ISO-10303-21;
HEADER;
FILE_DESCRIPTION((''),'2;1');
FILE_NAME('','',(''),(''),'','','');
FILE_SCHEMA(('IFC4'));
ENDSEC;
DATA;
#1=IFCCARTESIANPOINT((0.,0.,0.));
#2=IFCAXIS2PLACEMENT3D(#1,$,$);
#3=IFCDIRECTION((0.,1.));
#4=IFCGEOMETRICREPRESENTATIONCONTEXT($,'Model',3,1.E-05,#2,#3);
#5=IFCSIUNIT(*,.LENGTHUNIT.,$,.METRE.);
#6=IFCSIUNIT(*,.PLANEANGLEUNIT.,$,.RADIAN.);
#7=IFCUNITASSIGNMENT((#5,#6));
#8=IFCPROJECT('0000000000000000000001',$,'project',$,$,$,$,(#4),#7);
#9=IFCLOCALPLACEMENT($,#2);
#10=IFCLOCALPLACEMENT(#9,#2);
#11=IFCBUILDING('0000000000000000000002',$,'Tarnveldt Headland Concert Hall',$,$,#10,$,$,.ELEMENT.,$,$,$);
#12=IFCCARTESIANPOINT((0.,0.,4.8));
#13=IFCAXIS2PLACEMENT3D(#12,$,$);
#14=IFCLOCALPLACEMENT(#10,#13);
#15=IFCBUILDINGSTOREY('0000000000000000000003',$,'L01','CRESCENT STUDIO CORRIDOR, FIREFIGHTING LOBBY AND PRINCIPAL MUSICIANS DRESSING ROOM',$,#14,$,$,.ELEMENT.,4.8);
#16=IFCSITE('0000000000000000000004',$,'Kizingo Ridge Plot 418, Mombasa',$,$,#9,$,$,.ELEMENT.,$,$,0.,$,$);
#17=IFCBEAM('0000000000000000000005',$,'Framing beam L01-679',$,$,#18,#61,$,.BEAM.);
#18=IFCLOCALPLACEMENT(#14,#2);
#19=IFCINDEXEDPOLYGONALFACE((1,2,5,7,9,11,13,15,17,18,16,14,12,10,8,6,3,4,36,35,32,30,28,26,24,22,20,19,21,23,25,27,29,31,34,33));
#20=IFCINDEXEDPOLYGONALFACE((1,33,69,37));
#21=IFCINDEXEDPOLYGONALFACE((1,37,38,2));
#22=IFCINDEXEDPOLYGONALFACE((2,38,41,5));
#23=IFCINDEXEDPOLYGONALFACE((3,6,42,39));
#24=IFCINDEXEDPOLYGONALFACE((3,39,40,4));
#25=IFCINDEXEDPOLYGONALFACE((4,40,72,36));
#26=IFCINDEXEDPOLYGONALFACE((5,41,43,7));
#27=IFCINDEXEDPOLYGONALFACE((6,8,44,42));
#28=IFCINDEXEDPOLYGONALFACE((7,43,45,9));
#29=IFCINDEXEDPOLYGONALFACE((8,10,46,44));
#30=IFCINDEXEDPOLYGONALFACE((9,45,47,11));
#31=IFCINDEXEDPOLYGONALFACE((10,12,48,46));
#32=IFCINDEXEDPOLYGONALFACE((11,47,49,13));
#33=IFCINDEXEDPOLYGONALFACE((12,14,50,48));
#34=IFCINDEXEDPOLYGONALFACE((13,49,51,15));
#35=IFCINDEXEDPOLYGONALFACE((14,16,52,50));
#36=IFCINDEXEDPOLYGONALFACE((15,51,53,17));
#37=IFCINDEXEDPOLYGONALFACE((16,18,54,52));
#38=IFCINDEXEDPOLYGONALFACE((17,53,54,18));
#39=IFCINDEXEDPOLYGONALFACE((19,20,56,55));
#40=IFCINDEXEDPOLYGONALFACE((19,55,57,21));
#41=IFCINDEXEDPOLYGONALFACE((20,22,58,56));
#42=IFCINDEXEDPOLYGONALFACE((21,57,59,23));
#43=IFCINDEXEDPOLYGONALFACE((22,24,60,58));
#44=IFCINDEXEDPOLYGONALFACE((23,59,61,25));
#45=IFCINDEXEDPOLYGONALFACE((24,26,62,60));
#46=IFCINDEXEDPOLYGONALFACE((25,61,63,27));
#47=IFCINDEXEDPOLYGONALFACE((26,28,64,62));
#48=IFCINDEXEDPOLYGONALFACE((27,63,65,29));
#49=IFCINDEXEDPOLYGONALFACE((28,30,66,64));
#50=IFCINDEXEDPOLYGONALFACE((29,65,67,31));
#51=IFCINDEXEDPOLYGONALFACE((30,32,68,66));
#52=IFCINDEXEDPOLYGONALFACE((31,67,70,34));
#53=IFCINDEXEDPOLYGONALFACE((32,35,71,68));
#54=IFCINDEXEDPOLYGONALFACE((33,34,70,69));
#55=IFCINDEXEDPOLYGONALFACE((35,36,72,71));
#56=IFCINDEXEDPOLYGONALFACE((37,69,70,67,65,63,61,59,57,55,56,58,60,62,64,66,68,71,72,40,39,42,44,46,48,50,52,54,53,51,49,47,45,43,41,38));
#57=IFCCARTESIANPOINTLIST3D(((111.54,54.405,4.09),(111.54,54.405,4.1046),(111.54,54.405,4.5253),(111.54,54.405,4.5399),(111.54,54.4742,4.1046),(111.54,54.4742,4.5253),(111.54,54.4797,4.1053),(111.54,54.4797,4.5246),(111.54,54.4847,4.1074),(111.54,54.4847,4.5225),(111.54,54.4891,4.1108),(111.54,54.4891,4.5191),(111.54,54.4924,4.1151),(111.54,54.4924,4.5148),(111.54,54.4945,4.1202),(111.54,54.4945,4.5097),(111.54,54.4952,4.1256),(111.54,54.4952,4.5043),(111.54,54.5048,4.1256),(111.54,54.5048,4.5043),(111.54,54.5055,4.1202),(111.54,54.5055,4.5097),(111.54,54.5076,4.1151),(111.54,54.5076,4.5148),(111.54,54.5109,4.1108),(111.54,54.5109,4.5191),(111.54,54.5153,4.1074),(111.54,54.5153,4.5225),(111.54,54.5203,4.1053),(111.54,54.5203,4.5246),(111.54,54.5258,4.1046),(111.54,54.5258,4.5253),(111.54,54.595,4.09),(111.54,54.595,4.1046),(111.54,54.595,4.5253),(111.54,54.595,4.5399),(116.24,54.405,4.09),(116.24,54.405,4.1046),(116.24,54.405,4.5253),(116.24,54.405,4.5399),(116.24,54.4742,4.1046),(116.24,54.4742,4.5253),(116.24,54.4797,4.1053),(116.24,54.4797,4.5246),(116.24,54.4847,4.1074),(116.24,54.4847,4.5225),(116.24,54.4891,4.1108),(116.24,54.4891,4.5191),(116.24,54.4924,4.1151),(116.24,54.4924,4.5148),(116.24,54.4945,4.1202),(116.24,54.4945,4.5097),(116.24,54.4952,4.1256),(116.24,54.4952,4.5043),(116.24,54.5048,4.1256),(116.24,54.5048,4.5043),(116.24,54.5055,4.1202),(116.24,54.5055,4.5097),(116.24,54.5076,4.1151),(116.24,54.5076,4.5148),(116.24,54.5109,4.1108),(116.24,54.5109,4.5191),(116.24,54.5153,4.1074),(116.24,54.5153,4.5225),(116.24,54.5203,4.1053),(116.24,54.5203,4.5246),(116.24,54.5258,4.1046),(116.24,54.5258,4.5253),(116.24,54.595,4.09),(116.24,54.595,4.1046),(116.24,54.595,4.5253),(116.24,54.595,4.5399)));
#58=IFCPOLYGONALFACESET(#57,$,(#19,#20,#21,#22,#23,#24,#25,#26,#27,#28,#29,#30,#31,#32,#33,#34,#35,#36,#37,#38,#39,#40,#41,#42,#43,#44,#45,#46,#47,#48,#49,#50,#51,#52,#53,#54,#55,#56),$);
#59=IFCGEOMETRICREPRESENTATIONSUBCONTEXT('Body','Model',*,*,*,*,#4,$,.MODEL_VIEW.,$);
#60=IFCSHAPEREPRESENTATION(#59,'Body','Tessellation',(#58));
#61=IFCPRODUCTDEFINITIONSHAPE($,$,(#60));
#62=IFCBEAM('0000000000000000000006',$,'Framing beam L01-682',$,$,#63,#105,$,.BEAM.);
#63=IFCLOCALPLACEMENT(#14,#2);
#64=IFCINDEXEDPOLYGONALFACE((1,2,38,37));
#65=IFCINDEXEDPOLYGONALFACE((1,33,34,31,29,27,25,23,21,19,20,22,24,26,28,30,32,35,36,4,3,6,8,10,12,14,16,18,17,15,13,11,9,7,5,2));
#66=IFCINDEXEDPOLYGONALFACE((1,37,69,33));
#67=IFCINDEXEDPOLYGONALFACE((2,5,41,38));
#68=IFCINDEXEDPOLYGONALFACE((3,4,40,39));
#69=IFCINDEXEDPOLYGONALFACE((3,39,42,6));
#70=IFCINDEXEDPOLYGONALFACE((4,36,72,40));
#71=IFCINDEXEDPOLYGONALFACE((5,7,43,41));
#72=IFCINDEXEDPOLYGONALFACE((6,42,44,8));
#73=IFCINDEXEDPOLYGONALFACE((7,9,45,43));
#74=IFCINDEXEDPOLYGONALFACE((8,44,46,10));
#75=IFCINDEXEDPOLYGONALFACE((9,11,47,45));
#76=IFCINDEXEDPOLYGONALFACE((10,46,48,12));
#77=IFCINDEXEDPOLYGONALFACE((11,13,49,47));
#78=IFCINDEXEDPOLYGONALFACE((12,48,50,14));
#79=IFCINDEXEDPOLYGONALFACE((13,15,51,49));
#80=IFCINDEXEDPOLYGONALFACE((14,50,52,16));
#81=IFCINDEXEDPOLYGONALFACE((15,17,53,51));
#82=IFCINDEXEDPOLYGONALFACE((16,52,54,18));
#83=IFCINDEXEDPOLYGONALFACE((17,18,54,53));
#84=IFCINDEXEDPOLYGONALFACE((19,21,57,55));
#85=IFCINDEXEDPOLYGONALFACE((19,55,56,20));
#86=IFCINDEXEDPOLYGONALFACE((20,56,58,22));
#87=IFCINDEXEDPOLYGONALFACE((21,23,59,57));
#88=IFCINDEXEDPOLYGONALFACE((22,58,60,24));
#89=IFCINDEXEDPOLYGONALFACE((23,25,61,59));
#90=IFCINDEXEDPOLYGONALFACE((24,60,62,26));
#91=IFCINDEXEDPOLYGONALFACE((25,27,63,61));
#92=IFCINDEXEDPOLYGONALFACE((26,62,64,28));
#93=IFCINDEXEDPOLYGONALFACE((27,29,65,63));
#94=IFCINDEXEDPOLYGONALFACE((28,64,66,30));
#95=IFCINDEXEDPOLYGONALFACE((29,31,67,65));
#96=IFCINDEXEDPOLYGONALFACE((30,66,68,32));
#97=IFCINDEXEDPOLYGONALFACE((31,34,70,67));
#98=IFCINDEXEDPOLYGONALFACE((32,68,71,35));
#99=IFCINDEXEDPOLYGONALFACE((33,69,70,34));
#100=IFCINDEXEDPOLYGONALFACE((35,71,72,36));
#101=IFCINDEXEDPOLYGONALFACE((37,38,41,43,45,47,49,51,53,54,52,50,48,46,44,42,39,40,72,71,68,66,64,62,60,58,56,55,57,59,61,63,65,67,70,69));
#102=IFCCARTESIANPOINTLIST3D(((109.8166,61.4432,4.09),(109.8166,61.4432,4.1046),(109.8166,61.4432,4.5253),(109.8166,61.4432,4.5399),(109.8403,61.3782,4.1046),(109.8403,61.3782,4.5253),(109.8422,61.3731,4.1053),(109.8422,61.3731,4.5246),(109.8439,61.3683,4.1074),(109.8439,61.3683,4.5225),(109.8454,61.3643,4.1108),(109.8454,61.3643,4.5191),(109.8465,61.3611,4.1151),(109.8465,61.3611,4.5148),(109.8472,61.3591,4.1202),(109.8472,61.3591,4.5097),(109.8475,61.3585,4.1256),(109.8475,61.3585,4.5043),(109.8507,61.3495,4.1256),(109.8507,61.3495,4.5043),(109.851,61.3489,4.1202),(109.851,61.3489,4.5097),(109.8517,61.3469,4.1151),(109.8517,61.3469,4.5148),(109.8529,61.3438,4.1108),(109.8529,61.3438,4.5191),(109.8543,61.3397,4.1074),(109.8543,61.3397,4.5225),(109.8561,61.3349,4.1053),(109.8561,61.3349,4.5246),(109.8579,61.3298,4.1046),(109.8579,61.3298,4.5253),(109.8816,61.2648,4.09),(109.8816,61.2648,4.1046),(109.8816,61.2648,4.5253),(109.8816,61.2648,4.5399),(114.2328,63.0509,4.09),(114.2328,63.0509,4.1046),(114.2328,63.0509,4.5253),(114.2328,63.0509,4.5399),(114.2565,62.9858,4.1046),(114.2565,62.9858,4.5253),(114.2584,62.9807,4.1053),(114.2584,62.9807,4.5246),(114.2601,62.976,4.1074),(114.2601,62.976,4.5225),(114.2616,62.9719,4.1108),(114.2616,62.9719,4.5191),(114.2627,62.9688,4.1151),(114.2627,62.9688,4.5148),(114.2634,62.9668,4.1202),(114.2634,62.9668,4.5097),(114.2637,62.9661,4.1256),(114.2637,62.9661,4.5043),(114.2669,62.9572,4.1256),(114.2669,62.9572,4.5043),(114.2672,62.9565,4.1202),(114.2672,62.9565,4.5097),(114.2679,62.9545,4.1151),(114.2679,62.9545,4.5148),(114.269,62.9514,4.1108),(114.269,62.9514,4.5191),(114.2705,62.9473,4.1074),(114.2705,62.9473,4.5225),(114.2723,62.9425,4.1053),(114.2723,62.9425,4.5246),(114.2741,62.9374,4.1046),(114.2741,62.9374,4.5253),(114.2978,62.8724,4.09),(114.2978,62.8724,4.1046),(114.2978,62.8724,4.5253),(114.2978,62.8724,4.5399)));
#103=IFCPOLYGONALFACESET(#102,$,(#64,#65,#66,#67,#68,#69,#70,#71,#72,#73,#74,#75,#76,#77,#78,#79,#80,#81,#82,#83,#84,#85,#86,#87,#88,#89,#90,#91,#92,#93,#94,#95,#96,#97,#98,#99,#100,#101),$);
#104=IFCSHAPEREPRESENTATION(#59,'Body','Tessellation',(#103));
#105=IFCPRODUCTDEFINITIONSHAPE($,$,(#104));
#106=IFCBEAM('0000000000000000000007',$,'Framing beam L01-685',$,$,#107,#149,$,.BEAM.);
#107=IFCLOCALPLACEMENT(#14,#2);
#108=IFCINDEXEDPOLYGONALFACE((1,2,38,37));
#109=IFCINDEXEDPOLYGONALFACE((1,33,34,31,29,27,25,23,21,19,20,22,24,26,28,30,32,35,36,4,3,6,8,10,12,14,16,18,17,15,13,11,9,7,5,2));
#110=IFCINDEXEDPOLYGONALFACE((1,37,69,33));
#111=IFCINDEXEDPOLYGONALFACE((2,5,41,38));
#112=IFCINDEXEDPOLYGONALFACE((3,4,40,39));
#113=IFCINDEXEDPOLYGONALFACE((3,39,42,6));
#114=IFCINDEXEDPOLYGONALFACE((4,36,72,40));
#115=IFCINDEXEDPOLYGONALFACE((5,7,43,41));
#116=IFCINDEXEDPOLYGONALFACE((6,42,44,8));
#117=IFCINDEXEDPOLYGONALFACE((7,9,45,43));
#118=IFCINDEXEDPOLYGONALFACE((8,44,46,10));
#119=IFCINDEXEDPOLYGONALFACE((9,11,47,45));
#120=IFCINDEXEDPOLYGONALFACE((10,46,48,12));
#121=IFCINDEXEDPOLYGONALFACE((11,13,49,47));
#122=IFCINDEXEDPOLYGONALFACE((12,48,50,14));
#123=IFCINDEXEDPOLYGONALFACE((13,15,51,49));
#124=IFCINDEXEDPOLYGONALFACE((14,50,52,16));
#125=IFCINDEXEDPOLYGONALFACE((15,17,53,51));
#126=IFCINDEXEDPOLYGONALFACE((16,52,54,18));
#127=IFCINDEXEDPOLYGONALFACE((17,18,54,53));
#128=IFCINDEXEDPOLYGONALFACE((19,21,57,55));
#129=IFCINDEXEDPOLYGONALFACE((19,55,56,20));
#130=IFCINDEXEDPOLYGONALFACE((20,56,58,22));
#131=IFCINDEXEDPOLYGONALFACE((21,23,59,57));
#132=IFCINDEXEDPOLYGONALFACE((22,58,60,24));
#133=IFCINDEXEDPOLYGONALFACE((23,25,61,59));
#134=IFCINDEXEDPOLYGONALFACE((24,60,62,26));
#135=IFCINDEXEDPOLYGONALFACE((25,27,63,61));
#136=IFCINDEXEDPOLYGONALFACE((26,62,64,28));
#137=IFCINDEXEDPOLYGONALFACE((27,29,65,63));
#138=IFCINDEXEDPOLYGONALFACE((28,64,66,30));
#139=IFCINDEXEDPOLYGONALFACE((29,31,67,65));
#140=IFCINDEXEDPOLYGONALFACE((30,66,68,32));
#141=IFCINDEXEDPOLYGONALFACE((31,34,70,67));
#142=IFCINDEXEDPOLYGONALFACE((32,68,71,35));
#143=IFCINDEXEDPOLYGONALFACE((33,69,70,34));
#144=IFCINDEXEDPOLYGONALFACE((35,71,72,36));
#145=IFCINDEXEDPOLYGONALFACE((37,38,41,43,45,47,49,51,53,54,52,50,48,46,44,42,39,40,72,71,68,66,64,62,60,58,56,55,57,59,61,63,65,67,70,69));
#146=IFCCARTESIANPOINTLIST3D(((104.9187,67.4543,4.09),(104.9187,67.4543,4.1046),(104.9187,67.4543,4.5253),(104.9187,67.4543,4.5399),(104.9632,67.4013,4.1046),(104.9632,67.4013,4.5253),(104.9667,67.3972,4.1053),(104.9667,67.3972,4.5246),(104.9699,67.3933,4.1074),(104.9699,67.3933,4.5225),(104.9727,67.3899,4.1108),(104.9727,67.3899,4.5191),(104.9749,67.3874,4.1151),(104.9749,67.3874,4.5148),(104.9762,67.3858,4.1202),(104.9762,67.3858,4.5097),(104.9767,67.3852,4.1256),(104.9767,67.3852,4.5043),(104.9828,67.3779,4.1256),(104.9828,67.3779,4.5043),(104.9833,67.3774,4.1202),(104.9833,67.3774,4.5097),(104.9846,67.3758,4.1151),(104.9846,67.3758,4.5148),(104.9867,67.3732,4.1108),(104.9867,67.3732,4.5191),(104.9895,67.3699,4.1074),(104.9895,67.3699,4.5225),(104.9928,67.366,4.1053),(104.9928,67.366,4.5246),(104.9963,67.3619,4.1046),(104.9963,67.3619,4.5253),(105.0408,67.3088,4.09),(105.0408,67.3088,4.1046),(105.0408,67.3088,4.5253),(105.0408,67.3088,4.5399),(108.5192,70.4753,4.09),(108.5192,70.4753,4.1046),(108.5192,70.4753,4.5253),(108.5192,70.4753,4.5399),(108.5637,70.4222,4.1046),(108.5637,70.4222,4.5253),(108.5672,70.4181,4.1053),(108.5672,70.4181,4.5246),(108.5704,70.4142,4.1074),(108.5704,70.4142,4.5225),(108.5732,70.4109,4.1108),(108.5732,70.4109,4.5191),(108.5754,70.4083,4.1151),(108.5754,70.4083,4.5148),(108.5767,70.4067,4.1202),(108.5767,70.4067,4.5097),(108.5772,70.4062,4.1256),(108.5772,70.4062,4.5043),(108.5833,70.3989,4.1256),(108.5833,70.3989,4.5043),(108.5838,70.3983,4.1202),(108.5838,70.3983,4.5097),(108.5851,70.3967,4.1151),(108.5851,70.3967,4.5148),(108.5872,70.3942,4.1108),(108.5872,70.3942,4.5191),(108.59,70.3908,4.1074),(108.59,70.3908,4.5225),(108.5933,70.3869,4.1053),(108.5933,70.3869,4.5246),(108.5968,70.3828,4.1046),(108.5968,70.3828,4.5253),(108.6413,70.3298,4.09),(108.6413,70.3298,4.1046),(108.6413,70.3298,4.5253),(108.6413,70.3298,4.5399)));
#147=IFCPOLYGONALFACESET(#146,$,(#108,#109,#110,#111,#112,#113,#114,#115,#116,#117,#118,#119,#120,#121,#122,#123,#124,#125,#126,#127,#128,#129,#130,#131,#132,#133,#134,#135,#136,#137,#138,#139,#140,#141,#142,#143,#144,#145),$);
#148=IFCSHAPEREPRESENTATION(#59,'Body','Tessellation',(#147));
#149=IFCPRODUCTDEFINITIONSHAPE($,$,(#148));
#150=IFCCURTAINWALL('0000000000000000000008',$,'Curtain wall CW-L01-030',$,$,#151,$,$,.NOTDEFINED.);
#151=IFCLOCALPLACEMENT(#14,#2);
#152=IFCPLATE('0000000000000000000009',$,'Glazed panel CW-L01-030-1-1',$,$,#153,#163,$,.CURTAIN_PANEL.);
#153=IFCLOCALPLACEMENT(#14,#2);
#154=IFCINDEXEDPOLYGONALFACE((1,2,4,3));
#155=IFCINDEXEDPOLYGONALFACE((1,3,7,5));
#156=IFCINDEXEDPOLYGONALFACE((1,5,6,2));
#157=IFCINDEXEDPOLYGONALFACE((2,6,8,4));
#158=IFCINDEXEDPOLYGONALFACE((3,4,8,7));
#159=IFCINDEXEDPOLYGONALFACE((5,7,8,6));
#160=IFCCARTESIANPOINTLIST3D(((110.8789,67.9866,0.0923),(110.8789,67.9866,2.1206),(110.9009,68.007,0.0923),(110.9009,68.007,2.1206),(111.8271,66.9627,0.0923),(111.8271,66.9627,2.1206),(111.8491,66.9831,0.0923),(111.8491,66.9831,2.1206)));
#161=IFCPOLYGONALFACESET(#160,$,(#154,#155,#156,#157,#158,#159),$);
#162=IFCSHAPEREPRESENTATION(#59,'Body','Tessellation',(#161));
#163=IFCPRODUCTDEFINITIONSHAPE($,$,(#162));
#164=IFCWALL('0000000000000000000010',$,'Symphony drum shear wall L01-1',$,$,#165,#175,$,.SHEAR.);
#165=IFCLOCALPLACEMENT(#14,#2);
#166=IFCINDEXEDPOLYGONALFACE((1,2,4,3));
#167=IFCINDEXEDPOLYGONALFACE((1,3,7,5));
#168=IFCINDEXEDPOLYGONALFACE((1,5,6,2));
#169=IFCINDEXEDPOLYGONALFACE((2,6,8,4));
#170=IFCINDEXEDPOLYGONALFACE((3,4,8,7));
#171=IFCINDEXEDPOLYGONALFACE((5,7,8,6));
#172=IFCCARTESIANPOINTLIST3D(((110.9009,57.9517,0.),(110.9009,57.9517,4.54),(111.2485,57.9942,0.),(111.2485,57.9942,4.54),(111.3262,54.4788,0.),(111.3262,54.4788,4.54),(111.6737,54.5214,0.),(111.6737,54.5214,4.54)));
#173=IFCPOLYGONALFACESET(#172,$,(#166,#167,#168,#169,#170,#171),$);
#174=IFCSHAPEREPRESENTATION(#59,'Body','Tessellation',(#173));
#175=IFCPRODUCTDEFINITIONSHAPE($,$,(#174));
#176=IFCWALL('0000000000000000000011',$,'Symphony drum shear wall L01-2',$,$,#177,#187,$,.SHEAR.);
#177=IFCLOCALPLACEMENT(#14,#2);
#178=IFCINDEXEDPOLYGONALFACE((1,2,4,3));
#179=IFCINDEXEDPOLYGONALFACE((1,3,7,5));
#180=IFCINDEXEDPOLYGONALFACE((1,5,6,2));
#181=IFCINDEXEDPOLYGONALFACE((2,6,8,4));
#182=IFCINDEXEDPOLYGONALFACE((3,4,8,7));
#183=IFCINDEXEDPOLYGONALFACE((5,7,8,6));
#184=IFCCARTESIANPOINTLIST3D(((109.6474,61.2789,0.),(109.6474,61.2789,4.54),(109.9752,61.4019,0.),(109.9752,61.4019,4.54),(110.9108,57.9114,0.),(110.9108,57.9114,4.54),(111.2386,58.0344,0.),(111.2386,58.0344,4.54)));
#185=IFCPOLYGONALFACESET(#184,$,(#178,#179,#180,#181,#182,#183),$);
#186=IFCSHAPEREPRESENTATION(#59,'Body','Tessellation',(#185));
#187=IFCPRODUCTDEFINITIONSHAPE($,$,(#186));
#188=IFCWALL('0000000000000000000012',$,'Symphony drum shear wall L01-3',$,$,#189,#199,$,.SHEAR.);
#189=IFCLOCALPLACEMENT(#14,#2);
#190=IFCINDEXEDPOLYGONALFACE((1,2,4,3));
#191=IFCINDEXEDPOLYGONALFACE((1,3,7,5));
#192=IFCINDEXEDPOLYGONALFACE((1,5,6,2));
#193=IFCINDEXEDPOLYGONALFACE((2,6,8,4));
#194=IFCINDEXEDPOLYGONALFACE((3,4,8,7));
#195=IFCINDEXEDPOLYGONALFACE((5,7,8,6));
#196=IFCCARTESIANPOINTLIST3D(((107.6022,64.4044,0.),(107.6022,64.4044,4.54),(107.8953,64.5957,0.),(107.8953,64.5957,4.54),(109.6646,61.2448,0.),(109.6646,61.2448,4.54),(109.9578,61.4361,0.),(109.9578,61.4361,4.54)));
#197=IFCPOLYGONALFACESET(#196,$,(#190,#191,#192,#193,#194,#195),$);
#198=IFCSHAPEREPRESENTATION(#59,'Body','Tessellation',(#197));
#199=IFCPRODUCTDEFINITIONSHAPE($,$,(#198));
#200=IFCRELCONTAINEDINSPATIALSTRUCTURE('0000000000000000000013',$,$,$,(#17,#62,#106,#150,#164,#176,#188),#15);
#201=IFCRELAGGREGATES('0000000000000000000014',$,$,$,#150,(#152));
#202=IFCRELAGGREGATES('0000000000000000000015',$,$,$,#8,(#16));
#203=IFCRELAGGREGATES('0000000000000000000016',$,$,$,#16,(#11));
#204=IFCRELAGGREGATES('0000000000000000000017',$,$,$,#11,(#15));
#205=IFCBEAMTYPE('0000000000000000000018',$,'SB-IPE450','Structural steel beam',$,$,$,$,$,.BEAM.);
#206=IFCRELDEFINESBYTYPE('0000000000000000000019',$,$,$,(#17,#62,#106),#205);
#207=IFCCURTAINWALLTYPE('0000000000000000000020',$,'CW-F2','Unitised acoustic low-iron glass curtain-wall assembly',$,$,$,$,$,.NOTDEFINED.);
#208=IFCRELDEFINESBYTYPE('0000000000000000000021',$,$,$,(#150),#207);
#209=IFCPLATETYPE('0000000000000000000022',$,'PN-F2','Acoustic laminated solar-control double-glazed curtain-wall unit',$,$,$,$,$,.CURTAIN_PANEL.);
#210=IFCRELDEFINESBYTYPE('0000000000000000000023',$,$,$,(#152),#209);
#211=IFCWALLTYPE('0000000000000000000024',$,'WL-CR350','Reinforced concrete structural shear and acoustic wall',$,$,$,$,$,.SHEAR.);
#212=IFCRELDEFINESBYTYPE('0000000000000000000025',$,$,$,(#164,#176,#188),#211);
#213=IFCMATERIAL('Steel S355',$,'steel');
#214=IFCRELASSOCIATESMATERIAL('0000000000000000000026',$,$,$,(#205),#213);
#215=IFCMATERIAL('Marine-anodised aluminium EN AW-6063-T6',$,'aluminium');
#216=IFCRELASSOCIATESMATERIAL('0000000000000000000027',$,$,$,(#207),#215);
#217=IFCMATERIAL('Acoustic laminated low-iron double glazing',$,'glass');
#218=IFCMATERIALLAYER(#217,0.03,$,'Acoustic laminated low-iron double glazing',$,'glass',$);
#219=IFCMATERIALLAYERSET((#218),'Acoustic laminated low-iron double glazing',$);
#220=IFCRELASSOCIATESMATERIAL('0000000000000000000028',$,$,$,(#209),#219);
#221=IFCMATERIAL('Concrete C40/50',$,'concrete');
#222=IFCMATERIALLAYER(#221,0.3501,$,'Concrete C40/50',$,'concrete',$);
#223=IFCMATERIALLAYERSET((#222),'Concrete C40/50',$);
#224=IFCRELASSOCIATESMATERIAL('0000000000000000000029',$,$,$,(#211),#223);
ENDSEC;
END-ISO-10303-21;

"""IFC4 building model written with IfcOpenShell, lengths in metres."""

from ifc_helpers import new_model, si_unit, direction, frame, frame_2d, origin, origin_2d, place, context, subcontext, project, spatial, rectangle, i_section, extrude, material, layer, layer_set, material_profile, profile_set, type_object, element, aggregate, save


model = new_model("IFC4")

# Units and contexts
model_context = context("Model", 3, precision=1e-05, world=origin(), true_north=direction((0.0, 1.0)))
body_context = subcontext(model_context, "Body", "Model", "MODEL_VIEW")
ifc_project = project(units=[si_unit("LENGTHUNIT", "METRE"), si_unit("PLANEANGLEUNIT", "RADIAN")], contexts=[model_context])

# Site, building, storey
site_placement = place(None, origin())
site = spatial("IfcSite", under=ifc_project, at=site_placement, Name="Kizingo Ridge Plot 418, Mombasa", CompositionType="ELEMENT", RefElevation=0.0)
building_placement = place(site_placement, origin())
building = spatial("IfcBuilding", under=site, at=building_placement, Name="Tarnveldt Headland Concert Hall", CompositionType="ELEMENT")
storey_placement = place(building_placement, frame((0.0, 0.0, 4.8)))
storey = spatial("IfcBuildingStorey", under=building, at=storey_placement, Name="L01", Description="CRESCENT STUDIO CORRIDOR, FIREFIGHTING LOBBY AND PRINCIPAL MUSICIANS DRESSING ROOM", CompositionType="ELEMENT", Elevation=4.8)

# Shared definitions
ifc_material_1 = material(Name="Concrete C40/50", Category="concrete")

# Beams
ifc_material_2 = material(Name="Steel S355", Category="steel")
ifc_material_profile_1 = material_profile(ifc_material_2, i_section(OverallWidth=0.1899, OverallDepth=0.45, WebThickness=0.0095, FlangeThickness=0.0146, FilletRadius=0.021, at=origin_2d()), Name="IPE450", Category="steel")
ifc_profile_set_1 = profile_set([ifc_material_profile_1], Name="Steel S355")
beam_type_1 = type_object("IfcBeamType", Name="SB-IPE450", Description="Structural steel beam", PredefinedType="BEAM", material=ifc_profile_set_1)
beam_1_placement = place(storey_placement, frame((111.54, 54.5, 4.3149), z_axis=(1.0, 0.0, 0.0), x_axis=(0.0, 1.0, 0.0)))
element("IfcBeam", 1, at=beam_1_placement, inside=storey, type_object=beam_type_1, Name="Framing beam L01-679", PredefinedType="BEAM", context=body_context, shape_type="SweptSolid", body=[
    extrude(i_section(OverallWidth=0.1899, OverallDepth=0.45, WebThickness=0.0095, FlangeThickness=0.0146, FilletRadius=0.021, at=origin_2d()), origin(), (0.0, 0.0, 1.0), 4.7),
])
beam_2_placement = place(storey_placement, frame((109.8491, 61.354, 4.3149), z_axis=(0.939674, 0.342073, 0.0), x_axis=(-0.342073, 0.939674, 0.0)))
element("IfcBeam", 2, at=beam_2_placement, inside=storey, type_object=beam_type_1, Name="Framing beam L01-682", PredefinedType="BEAM", context=body_context, shape_type="SweptSolid", body=[
    extrude(i_section(OverallWidth=0.1899, OverallDepth=0.45, WebThickness=0.0095, FlangeThickness=0.0146, FilletRadius=0.021, at=origin_2d()), origin(), (0.0, 0.0, 1.0), 4.6997),
])
beam_3_placement = place(storey_placement, frame((104.9797, 67.3816, 4.3149), z_axis=(0.766071, 0.642756, 0.0), x_axis=(-0.642756, 0.766071, 0.0)))
element("IfcBeam", 3, at=beam_3_placement, inside=storey, type_object=beam_type_1, Name="Framing beam L01-685", PredefinedType="BEAM", context=body_context, shape_type="SweptSolid", body=[
    extrude(i_section(OverallWidth=0.1899, OverallDepth=0.45, WebThickness=0.0095, FlangeThickness=0.0146, FilletRadius=0.021, at=origin_2d()), origin(), (0.0, 0.0, 1.0), 4.7),
])

# Curtain wall, plate
ifc_material_3 = material(Name="Marine-anodised aluminium EN AW-6063-T6", Category="aluminium")
curtain_wall_type = type_object("IfcCurtainWallType", Name="CW-F2", Description="Unitised acoustic low-iron glass curtain-wall assembly", PredefinedType="NOTDEFINED", material=ifc_material_3)
curtain_wall_placement = place(storey_placement, origin())
curtain_wall = element("IfcCurtainWall", 4, at=curtain_wall_placement, inside=storey, type_object=curtain_wall_type, Name="Curtain wall CW-L01-030", PredefinedType="NOTDEFINED")
ifc_material_4 = material(Name="Acoustic laminated low-iron double glazing", Category="glass")
ifc_layer_1 = layer(ifc_material_4, 0.03, Name="Acoustic laminated low-iron double glazing", Category="glass")
ifc_layer_set_1 = layer_set([ifc_layer_1], Name="Acoustic laminated low-iron double glazing")
plate_type = type_object("IfcPlateType", Name="PN-F2", Description="Acoustic laminated solar-control double-glazed curtain-wall unit", PredefinedType="CURTAIN_PANEL", material=ifc_layer_set_1)
plate_placement = place(storey_placement, frame((111.364, 67.4849, 0.0923), z_axis=(0.0, 0.0, 1.0), x_axis=(-0.679454, 0.733718, 0.0)))
plate = element("IfcPlate", 5, at=plate_placement, type_object=plate_type, Name="Glazed panel CW-L01-030-1-1", PredefinedType="CURTAIN_PANEL", context=body_context, shape_type="SweptSolid", body=[
    extrude(rectangle(XDim=1.3955, YDim=0.03, at=origin_2d()), origin(), (0.0, 0.0, 1.0), 2.0283),
])
aggregate(curtain_wall, [plate])

# Walls
ifc_layer_2 = layer(ifc_material_1, 0.3501, Name="Concrete C40/50", Category="concrete")
ifc_layer_set_2 = layer_set([ifc_layer_2], Name="Concrete C40/50")
wall_type_1 = type_object("IfcWallType", Name="WL-CR350", Description="Reinforced concrete structural shear and acoustic wall", PredefinedType="SHEAR", material=ifc_layer_set_2)
wall_1_placement = place(storey_placement, frame((111.5, 54.5, 0.0), z_axis=(0.0, 0.0, 1.0), x_axis=(-0.121552, 0.992585, 0.0)))
element("IfcWall", 6, at=wall_1_placement, inside=storey, type_object=wall_type_1, Name="Symphony drum shear wall L01-1", PredefinedType="SHEAR", context=body_context, shape_type="SweptSolid", body=[
    extrude(rectangle(XDim=3.4988, YDim=0.3501, at=frame_2d((1.7495, 0.0))), origin(), (0.0, 0.0, 1.0), 4.54),
])
wall_2_placement = place(storey_placement, frame((111.0747, 57.9729, 0.0), z_axis=(0.0, 0.0, 1.0), x_axis=(-0.35128, 0.936271, 0.0)))
element("IfcWall", 7, at=wall_2_placement, inside=storey, type_object=wall_type_1, Name="Symphony drum shear wall L01-2", PredefinedType="SHEAR", context=body_context, shape_type="SweptSolid", body=[
    extrude(rectangle(XDim=3.5967, YDim=0.3501, at=frame_2d((1.7983, 0.0))), origin(), (0.0, 0.0, 1.0), 4.54),
])
wall_3_placement = place(storey_placement, frame((109.8113, 61.3403, 0.0), z_axis=(0.0, 0.0, 1.0), x_axis=(-0.546611, 0.837387, 0.0)))
element("IfcWall", 8, at=wall_3_placement, inside=storey, type_object=wall_type_1, Name="Symphony drum shear wall L01-3", PredefinedType="SHEAR", context=body_context, shape_type="SweptSolid", body=[
    extrude(rectangle(XDim=3.7732, YDim=0.3501, at=frame_2d((1.8867, 0.0))), origin(), (0.0, 0.0, 1.0), 4.54),
])

save(model, "model.ifc")
